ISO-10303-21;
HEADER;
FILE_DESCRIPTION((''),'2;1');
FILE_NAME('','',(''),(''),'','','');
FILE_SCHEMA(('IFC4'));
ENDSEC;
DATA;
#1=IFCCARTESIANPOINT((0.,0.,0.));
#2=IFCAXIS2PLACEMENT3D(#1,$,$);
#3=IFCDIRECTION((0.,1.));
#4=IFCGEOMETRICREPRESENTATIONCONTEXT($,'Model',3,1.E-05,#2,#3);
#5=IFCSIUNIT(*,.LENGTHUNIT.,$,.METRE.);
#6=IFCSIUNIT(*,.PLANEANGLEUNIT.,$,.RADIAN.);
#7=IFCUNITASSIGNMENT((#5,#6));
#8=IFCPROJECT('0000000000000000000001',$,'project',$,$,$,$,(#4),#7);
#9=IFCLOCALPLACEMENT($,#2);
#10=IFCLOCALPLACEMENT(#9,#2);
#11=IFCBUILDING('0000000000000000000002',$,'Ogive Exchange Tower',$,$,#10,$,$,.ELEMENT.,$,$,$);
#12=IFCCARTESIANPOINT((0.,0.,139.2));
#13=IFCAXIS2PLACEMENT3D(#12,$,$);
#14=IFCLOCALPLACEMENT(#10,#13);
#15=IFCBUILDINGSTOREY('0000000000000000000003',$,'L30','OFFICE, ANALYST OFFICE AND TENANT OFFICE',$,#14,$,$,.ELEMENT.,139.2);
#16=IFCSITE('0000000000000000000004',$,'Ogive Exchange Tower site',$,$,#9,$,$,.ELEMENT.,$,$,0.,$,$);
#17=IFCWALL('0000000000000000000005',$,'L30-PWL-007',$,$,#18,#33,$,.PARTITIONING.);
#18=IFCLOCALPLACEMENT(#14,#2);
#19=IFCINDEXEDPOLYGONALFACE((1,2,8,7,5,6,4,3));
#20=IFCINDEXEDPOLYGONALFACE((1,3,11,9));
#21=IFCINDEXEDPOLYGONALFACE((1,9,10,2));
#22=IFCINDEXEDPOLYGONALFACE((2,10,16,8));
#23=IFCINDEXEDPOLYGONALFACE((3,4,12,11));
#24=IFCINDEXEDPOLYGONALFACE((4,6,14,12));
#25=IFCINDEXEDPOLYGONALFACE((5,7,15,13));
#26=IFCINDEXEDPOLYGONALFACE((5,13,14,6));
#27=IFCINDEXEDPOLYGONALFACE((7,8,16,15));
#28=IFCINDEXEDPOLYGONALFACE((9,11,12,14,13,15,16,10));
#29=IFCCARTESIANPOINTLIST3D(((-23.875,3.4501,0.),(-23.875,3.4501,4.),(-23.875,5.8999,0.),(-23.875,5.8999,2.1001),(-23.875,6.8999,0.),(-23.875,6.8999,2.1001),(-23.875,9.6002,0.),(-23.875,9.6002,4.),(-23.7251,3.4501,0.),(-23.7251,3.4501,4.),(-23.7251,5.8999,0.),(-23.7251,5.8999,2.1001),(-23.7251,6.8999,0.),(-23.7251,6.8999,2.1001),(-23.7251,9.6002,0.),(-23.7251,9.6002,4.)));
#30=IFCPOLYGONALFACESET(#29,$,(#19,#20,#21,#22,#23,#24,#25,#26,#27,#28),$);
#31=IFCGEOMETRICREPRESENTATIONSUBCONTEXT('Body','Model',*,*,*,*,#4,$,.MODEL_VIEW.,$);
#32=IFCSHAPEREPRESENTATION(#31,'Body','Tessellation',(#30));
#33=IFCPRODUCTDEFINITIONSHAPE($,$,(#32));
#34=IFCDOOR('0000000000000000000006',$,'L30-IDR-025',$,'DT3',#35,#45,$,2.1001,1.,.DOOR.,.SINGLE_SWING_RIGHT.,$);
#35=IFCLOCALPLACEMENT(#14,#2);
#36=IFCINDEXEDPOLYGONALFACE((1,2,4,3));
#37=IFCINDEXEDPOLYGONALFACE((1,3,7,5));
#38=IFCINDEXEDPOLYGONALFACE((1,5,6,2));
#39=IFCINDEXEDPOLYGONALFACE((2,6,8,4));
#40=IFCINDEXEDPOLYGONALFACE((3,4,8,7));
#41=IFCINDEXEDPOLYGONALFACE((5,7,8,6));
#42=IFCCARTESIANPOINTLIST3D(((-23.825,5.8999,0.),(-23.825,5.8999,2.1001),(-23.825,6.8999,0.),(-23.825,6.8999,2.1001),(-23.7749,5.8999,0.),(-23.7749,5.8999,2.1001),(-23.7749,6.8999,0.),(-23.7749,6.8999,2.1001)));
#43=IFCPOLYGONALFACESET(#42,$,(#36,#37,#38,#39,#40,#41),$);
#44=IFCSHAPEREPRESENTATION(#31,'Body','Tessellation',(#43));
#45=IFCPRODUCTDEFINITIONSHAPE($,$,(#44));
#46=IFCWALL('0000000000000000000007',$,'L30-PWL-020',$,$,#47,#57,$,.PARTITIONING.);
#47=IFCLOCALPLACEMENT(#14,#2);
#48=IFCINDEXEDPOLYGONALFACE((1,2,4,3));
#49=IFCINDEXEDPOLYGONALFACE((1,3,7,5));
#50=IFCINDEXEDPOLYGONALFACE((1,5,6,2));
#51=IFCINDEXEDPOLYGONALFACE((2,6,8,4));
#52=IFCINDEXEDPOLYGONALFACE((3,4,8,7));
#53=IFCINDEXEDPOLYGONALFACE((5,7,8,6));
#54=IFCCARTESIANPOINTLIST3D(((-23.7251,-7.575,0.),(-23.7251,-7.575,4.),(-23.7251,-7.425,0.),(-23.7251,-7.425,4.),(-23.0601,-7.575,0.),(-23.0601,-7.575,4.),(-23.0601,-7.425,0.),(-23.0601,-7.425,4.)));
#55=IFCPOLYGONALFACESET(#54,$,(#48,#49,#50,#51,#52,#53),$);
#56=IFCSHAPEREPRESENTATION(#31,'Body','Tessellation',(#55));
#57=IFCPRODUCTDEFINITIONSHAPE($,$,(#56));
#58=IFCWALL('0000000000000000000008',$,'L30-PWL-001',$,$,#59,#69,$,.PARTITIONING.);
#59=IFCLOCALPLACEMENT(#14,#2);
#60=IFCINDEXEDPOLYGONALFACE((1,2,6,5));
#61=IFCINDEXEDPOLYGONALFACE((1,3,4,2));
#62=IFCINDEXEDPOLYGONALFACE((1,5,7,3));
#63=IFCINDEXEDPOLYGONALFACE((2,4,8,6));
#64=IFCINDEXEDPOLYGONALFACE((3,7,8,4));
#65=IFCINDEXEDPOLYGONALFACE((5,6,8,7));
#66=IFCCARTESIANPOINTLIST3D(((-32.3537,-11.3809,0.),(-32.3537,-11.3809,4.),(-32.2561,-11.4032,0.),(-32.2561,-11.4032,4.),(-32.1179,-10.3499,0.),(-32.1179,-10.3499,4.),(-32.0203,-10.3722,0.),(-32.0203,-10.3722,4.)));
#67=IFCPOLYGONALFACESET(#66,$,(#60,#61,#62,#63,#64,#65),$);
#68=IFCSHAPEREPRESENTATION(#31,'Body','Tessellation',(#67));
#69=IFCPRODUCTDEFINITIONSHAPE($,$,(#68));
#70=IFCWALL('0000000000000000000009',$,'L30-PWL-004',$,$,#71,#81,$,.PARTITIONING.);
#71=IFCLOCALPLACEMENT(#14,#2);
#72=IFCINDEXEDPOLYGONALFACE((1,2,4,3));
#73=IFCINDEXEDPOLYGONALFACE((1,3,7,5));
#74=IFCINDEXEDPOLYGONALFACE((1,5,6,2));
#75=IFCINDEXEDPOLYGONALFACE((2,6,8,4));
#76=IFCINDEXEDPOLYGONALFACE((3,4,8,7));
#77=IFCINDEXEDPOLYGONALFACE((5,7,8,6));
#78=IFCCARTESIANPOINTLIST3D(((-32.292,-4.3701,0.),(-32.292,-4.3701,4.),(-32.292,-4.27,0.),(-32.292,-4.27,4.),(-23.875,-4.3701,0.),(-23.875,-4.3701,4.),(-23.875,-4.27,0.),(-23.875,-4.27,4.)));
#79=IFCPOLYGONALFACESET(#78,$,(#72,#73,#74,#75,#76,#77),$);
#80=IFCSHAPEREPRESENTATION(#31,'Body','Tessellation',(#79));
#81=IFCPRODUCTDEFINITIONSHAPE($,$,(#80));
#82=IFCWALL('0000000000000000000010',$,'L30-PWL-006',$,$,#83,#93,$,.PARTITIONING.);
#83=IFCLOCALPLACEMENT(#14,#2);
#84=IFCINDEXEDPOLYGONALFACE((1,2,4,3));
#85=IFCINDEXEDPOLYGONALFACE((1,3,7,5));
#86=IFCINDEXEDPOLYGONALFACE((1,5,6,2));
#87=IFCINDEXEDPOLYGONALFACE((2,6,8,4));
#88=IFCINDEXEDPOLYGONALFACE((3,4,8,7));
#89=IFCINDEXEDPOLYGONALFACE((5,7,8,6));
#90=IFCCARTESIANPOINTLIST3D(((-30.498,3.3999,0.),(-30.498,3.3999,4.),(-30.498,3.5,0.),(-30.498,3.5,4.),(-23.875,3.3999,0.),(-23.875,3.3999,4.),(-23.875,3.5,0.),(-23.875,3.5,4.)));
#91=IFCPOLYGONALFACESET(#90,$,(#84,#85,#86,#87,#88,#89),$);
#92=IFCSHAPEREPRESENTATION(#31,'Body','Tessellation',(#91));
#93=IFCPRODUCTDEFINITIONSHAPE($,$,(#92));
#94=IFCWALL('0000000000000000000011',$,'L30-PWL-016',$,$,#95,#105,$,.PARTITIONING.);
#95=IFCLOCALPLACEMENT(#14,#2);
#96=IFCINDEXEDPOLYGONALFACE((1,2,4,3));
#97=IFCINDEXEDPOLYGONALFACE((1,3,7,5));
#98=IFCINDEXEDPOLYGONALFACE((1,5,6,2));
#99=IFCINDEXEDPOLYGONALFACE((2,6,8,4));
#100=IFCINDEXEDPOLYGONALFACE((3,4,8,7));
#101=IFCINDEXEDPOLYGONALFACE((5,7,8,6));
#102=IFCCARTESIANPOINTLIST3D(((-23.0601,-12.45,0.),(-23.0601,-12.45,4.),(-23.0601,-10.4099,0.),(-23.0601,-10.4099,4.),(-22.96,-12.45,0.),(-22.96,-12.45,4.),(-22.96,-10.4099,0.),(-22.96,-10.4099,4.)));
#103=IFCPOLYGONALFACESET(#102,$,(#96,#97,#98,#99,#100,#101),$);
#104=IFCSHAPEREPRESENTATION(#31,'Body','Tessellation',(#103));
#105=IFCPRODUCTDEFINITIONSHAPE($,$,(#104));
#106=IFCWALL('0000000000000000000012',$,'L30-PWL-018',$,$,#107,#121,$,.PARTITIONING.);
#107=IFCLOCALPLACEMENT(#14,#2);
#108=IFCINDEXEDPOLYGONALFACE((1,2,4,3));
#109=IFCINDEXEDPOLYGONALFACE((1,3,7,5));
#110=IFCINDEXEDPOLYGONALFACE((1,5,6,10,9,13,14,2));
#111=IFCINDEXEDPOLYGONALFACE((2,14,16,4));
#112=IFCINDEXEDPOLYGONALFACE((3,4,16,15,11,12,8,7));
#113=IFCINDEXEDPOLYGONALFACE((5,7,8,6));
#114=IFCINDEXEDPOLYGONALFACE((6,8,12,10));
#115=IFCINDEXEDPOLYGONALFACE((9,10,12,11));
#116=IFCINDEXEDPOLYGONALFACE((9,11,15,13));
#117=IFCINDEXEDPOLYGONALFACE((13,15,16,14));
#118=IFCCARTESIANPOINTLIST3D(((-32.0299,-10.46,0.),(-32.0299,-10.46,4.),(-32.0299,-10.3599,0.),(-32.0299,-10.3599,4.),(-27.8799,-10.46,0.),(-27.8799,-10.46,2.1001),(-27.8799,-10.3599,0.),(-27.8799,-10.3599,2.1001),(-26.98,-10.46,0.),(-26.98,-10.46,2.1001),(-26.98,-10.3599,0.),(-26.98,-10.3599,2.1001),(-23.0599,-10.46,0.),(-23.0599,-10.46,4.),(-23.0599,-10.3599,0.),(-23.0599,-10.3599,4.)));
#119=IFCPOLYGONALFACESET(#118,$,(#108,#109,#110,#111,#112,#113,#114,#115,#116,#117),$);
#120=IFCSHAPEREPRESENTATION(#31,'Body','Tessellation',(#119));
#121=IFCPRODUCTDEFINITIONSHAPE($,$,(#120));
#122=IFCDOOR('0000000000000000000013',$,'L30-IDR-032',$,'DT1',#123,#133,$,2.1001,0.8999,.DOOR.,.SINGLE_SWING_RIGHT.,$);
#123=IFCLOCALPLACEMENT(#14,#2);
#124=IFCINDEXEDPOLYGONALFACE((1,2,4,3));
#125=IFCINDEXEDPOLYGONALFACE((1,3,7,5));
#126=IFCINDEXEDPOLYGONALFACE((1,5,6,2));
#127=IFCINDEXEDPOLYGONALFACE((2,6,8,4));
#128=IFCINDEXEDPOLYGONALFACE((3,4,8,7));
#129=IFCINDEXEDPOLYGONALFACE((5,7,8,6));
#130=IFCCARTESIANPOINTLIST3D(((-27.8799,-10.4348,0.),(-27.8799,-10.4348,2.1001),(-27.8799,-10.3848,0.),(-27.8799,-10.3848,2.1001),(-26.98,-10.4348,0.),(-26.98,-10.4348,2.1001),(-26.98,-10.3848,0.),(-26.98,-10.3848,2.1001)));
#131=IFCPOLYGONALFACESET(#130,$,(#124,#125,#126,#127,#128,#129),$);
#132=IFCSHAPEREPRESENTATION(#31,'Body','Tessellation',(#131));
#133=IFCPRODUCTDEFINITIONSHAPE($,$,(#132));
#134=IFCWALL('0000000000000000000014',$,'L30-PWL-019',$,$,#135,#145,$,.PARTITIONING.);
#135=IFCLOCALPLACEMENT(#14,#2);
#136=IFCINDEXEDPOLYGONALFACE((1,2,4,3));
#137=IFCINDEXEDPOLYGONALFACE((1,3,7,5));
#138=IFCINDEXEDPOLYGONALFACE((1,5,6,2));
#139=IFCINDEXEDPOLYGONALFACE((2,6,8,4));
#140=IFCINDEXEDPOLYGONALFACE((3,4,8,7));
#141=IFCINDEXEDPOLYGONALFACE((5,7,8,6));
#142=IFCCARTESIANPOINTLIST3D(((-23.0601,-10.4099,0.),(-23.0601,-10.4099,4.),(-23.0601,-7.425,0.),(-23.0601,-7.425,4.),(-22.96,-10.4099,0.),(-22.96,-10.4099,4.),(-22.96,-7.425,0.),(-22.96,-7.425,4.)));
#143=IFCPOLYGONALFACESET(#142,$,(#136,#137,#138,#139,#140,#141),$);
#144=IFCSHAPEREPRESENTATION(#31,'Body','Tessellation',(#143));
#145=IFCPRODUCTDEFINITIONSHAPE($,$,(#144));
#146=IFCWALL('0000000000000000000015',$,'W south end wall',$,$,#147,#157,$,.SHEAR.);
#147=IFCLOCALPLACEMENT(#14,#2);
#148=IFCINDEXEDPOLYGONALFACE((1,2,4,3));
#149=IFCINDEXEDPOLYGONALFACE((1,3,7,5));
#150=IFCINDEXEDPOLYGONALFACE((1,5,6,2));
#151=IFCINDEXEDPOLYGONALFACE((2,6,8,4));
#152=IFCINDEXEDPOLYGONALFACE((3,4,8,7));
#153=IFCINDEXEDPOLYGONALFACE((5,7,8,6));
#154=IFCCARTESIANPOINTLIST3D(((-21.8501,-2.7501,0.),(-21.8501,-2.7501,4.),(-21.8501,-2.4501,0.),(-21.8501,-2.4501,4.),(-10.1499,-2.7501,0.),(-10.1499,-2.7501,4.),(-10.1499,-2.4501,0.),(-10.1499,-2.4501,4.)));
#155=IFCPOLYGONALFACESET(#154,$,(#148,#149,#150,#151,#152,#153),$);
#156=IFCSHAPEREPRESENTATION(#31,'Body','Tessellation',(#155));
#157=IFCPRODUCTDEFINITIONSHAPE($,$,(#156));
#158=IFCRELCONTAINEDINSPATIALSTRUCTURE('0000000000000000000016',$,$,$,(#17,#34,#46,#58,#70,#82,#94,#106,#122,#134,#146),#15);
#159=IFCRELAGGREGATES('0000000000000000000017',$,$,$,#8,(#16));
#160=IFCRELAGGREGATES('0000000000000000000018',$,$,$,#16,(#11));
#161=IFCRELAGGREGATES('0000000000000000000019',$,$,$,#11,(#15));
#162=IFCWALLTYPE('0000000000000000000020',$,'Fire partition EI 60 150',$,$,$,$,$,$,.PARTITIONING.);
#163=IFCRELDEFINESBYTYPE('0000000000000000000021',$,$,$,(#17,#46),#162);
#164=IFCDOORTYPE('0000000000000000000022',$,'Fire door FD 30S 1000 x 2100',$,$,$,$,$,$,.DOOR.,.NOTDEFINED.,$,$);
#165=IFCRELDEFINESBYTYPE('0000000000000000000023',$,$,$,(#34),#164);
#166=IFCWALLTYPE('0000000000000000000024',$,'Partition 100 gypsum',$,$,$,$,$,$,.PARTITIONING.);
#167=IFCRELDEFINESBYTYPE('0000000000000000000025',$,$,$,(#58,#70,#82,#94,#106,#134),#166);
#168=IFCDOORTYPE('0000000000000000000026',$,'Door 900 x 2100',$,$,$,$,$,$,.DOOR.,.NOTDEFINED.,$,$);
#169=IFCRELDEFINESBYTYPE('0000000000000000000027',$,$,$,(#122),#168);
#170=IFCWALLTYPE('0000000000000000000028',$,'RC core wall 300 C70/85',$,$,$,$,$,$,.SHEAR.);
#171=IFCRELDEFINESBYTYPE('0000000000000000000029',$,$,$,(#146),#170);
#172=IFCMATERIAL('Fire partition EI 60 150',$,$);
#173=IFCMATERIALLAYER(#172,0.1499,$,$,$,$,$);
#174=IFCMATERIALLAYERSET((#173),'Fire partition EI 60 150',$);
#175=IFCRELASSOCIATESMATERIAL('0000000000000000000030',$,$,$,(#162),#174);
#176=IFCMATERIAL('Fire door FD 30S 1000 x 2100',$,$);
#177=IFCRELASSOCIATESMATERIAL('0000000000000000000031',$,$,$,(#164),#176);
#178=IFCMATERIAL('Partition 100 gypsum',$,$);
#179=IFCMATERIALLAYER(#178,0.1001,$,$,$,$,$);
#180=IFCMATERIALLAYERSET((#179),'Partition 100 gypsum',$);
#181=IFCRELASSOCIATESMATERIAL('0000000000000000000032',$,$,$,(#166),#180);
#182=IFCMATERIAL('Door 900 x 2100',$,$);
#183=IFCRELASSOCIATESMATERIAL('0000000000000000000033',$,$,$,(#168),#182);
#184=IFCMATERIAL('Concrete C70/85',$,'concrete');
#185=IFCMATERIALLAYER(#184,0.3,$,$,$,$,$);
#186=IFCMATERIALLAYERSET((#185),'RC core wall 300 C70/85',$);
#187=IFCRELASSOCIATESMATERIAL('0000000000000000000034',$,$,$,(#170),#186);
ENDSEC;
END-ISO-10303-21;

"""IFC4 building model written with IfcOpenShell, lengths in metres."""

from ifc_helpers import new_model, si_unit, direction, frame, frame_2d, origin, place, context, subcontext, project, spatial, rectangle, extrude, material, layer, layer_set, type_object, element, fill, save


model = new_model("IFC4")

# Units and contexts
model_context = context("Model", 3, precision=1e-05, world=origin(), true_north=direction((0.0, 1.0)))
body_context = subcontext(model_context, "Body", "Model", "MODEL_VIEW")
ifc_project = project(units=[si_unit("LENGTHUNIT", "METRE"), si_unit("PLANEANGLEUNIT", "RADIAN")], contexts=[model_context])

# Site, building, storey
site_placement = place(None, origin())
site = spatial("IfcSite", under=ifc_project, at=site_placement, Name="Ogive Exchange Tower site", CompositionType="ELEMENT", RefElevation=0.0)
building_placement = place(site_placement, origin())
building = spatial("IfcBuilding", under=site, at=building_placement, Name="Ogive Exchange Tower", CompositionType="ELEMENT")
storey_placement = place(building_placement, frame((0.0, 0.0, 139.2)))
storey = spatial("IfcBuildingStorey", under=building, at=storey_placement, Name="L30", Description="OFFICE, ANALYST OFFICE AND TENANT OFFICE", CompositionType="ELEMENT", Elevation=139.2)

# Wall, opening, door
ifc_material_1 = material(Name="Fire partition EI 60 150")
ifc_layer_1 = layer(ifc_material_1, 0.1499)
ifc_layer_set_1 = layer_set([ifc_layer_1], Name="Fire partition EI 60 150")
wall_type_1 = type_object("IfcWallType", Name="Fire partition EI 60 150", PredefinedType="PARTITIONING", material=ifc_layer_set_1)
ifc_material_2 = material(Name="Fire door FD 30S 1000 x 2100")
door_type_1 = type_object("IfcDoorType", Name="Fire door FD 30S 1000 x 2100", OperationType="NOTDEFINED", PredefinedType="DOOR", material=ifc_material_2)
wall_1_placement = place(storey_placement, frame((-23.8, 3.45, 0.0), z_axis=(0.0, 0.0, 1.0), x_axis=(0.0, 1.0, 0.0)))
wall_1 = element("IfcWall", 1, at=wall_1_placement, inside=storey, type_object=wall_type_1, Name="L30-PWL-007", PredefinedType="PARTITIONING", context=body_context, shape_type="SweptSolid", body=[
    extrude(rectangle(XDim=6.1501, YDim=0.1499, at=frame_2d((3.0752, 0.0))), origin(), (0.0, 0.0, 1.0), 4.0),
])
opening_1_placement = place(wall_1_placement, frame((2.45, 0.0, 0.0)))
opening_1 = element("IfcOpeningElement", 2, at=opening_1_placement, cuts=wall_1, PredefinedType="OPENING", context=body_context, shape_type="SweptSolid", body=[
    extrude(rectangle(XDim=1.0, YDim=2.1001, at=frame_2d((0.5, 1.05))), frame((0.0, 0.085, 0.0), z_axis=(0.0, -1.0, 0.0), x_axis=(1.0, 0.0, 0.0)), (0.0, 0.0, 1.0), 0.1699),
])
door_1_placement = place(opening_1_placement, origin())
door_1 = element("IfcDoor", 3, at=door_1_placement, inside=storey, type_object=door_type_1, Name="L30-IDR-025", ObjectType="DT3", OperationType="SINGLE_SWING_RIGHT", OverallHeight=2.1001, OverallWidth=1.0, PredefinedType="DOOR", context=body_context, shape_type="SweptSolid", body=[
    extrude(rectangle(XDim=1.0, YDim=2.1001, at=frame_2d((0.5, 1.05))), frame((0.0, 0.0249, 0.0), z_axis=(0.0, -1.0, 0.0), x_axis=(1.0, 0.0, 0.0)), (0.0, 0.0, 1.0), 0.05),
])
fill(opening_1, door_1)

# Walls
wall_2_placement = place(storey_placement, frame((-23.0601, -7.5, 0.0), z_axis=(0.0, 0.0, 1.0), x_axis=(-1.0, 0.0, 0.0)))
element("IfcWall", 4, at=wall_2_placement, inside=storey, type_object=wall_type_1, Name="L30-PWL-020", PredefinedType="PARTITIONING", context=body_context, shape_type="SweptSolid", body=[
    extrude(rectangle(XDim=0.665, YDim=0.1499, at=frame_2d((0.3325, 0.0))), origin(), (0.0, 0.0, 1.0), 4.0),
])
ifc_material_3 = material(Name="Partition 100 gypsum")
ifc_layer_2 = layer(ifc_material_3, 0.1001)
ifc_layer_set_2 = layer_set([ifc_layer_2], Name="Partition 100 gypsum")
wall_type_2 = type_object("IfcWallType", Name="Partition 100 gypsum", PredefinedType="PARTITIONING", material=ifc_layer_set_2)
wall_3_placement = place(storey_placement, frame((-32.0691, -10.3611, 0.0), z_axis=(0.0, 0.0, 1.0), x_axis=(-0.222988, -0.974821, 0.0)))
element("IfcWall", 5, at=wall_3_placement, inside=storey, type_object=wall_type_2, Name="L30-PWL-001", PredefinedType="PARTITIONING", context=body_context, shape_type="SweptSolid", body=[
    extrude(rectangle(XDim=1.0576, YDim=0.1001, at=frame_2d((0.5288, 0.0))), origin(), (0.0, 0.0, 1.0), 4.0),
])
wall_4_placement = place(storey_placement, frame((-23.875, -4.3201, 0.0), z_axis=(0.0, 0.0, 1.0), x_axis=(-1.0, 0.0, 0.0)))
element("IfcWall", 6, at=wall_4_placement, inside=storey, type_object=wall_type_2, Name="L30-PWL-004", PredefinedType="PARTITIONING", context=body_context, shape_type="SweptSolid", body=[
    extrude(rectangle(XDim=8.417, YDim=0.1001, at=frame_2d((4.2085, 0.0))), origin(), (0.0, 0.0, 1.0), 4.0),
])
wall_5_placement = place(storey_placement, frame((-23.875, 3.45, 0.0), z_axis=(0.0, 0.0, 1.0), x_axis=(-1.0, 0.0, 0.0)))
element("IfcWall", 7, at=wall_5_placement, inside=storey, type_object=wall_type_2, Name="L30-PWL-006", PredefinedType="PARTITIONING", context=body_context, shape_type="SweptSolid", body=[
    extrude(rectangle(XDim=6.623, YDim=0.1001, at=frame_2d((3.3115, 0.0))), origin(), (0.0, 0.0, 1.0), 4.0),
])
wall_6_placement = place(storey_placement, frame((-23.01, -12.45, 0.0), z_axis=(0.0, 0.0, 1.0), x_axis=(0.0, 1.0, 0.0)))
element("IfcWall", 8, at=wall_6_placement, inside=storey, type_object=wall_type_2, Name="L30-PWL-016", PredefinedType="PARTITIONING", context=body_context, shape_type="SweptSolid", body=[
    extrude(rectangle(XDim=2.04, YDim=0.1001, at=frame_2d((1.02, 0.0))), origin(), (0.0, 0.0, 1.0), 4.0),
])

# Wall, opening, door
wall_7_placement = place(storey_placement, frame((-23.0601, -10.4099, 0.0), z_axis=(0.0, 0.0, 1.0), x_axis=(-1.0, 0.0, 0.0)))
wall_7 = element("IfcWall", 9, at=wall_7_placement, inside=storey, type_object=wall_type_2, Name="L30-PWL-018", PredefinedType="PARTITIONING", context=body_context, shape_type="SweptSolid", body=[
    extrude(rectangle(XDim=8.97, YDim=0.1001, at=frame_2d((4.4849, 0.0))), origin(), (0.0, 0.0, 1.0), 4.0),
])
opening_2_placement = place(wall_7_placement, frame((3.9199, 0.0, 0.0)))
opening_2 = element("IfcOpeningElement", 10, at=opening_2_placement, cuts=wall_7, PredefinedType="OPENING", context=body_context, shape_type="SweptSolid", body=[
    extrude(rectangle(XDim=0.8999, YDim=2.1001, at=frame_2d((0.45, 1.05))), frame((0.0, 0.0601, 0.0), z_axis=(0.0, -1.0, 0.0), x_axis=(1.0, 0.0, 0.0)), (0.0, 0.0, 1.0), 0.1201),
])
ifc_material_4 = material(Name="Door 900 x 2100")
door_type_2 = type_object("IfcDoorType", Name="Door 900 x 2100", OperationType="NOTDEFINED", PredefinedType="DOOR", material=ifc_material_4)
door_2_placement = place(opening_2_placement, origin())
door_2 = element("IfcDoor", 11, at=door_2_placement, inside=storey, type_object=door_type_2, Name="L30-IDR-032", ObjectType="DT1", OperationType="SINGLE_SWING_RIGHT", OverallHeight=2.1001, OverallWidth=0.8999, PredefinedType="DOOR", context=body_context, shape_type="SweptSolid", body=[
    extrude(rectangle(XDim=0.8999, YDim=2.1001, at=frame_2d((0.45, 1.05))), frame((0.0, 0.0249, 0.0), z_axis=(0.0, -1.0, 0.0), x_axis=(1.0, 0.0, 0.0)), (0.0, 0.0, 1.0), 0.05),
])
fill(opening_2, door_2)

# Walls
wall_8_placement = place(storey_placement, frame((-23.01, -10.4099, 0.0), z_axis=(0.0, 0.0, 1.0), x_axis=(0.0, 1.0, 0.0)))
element("IfcWall", 12, at=wall_8_placement, inside=storey, type_object=wall_type_2, Name="L30-PWL-019", PredefinedType="PARTITIONING", context=body_context, shape_type="SweptSolid", body=[
    extrude(rectangle(XDim=2.9849, YDim=0.1001, at=frame_2d((1.4924, 0.0))), origin(), (0.0, 0.0, 1.0), 4.0),
])
ifc_material_5 = material(Name="Concrete C70/85", Category="concrete")
ifc_layer_3 = layer(ifc_material_5, 0.3)
ifc_layer_set_3 = layer_set([ifc_layer_3], Name="RC core wall 300 C70/85")
wall_type_3 = type_object("IfcWallType", Name="RC core wall 300 C70/85", PredefinedType="SHEAR", material=ifc_layer_set_3)
wall_9_placement = place(storey_placement, frame((-21.8501, -2.6001, 0.0), z_axis=(0.0, 0.0, 1.0), x_axis=(1.0, 0.0, 0.0)))
element("IfcWall", 13, at=wall_9_placement, inside=storey, type_object=wall_type_3, Name="W south end wall", PredefinedType="SHEAR", context=body_context, shape_type="SweptSolid", body=[
    extrude(rectangle(XDim=11.7002, YDim=0.3, at=frame_2d((5.8501, 0.0))), origin(), (0.0, 0.0, 1.0), 4.0),
])

save(model, "model.ifc")
